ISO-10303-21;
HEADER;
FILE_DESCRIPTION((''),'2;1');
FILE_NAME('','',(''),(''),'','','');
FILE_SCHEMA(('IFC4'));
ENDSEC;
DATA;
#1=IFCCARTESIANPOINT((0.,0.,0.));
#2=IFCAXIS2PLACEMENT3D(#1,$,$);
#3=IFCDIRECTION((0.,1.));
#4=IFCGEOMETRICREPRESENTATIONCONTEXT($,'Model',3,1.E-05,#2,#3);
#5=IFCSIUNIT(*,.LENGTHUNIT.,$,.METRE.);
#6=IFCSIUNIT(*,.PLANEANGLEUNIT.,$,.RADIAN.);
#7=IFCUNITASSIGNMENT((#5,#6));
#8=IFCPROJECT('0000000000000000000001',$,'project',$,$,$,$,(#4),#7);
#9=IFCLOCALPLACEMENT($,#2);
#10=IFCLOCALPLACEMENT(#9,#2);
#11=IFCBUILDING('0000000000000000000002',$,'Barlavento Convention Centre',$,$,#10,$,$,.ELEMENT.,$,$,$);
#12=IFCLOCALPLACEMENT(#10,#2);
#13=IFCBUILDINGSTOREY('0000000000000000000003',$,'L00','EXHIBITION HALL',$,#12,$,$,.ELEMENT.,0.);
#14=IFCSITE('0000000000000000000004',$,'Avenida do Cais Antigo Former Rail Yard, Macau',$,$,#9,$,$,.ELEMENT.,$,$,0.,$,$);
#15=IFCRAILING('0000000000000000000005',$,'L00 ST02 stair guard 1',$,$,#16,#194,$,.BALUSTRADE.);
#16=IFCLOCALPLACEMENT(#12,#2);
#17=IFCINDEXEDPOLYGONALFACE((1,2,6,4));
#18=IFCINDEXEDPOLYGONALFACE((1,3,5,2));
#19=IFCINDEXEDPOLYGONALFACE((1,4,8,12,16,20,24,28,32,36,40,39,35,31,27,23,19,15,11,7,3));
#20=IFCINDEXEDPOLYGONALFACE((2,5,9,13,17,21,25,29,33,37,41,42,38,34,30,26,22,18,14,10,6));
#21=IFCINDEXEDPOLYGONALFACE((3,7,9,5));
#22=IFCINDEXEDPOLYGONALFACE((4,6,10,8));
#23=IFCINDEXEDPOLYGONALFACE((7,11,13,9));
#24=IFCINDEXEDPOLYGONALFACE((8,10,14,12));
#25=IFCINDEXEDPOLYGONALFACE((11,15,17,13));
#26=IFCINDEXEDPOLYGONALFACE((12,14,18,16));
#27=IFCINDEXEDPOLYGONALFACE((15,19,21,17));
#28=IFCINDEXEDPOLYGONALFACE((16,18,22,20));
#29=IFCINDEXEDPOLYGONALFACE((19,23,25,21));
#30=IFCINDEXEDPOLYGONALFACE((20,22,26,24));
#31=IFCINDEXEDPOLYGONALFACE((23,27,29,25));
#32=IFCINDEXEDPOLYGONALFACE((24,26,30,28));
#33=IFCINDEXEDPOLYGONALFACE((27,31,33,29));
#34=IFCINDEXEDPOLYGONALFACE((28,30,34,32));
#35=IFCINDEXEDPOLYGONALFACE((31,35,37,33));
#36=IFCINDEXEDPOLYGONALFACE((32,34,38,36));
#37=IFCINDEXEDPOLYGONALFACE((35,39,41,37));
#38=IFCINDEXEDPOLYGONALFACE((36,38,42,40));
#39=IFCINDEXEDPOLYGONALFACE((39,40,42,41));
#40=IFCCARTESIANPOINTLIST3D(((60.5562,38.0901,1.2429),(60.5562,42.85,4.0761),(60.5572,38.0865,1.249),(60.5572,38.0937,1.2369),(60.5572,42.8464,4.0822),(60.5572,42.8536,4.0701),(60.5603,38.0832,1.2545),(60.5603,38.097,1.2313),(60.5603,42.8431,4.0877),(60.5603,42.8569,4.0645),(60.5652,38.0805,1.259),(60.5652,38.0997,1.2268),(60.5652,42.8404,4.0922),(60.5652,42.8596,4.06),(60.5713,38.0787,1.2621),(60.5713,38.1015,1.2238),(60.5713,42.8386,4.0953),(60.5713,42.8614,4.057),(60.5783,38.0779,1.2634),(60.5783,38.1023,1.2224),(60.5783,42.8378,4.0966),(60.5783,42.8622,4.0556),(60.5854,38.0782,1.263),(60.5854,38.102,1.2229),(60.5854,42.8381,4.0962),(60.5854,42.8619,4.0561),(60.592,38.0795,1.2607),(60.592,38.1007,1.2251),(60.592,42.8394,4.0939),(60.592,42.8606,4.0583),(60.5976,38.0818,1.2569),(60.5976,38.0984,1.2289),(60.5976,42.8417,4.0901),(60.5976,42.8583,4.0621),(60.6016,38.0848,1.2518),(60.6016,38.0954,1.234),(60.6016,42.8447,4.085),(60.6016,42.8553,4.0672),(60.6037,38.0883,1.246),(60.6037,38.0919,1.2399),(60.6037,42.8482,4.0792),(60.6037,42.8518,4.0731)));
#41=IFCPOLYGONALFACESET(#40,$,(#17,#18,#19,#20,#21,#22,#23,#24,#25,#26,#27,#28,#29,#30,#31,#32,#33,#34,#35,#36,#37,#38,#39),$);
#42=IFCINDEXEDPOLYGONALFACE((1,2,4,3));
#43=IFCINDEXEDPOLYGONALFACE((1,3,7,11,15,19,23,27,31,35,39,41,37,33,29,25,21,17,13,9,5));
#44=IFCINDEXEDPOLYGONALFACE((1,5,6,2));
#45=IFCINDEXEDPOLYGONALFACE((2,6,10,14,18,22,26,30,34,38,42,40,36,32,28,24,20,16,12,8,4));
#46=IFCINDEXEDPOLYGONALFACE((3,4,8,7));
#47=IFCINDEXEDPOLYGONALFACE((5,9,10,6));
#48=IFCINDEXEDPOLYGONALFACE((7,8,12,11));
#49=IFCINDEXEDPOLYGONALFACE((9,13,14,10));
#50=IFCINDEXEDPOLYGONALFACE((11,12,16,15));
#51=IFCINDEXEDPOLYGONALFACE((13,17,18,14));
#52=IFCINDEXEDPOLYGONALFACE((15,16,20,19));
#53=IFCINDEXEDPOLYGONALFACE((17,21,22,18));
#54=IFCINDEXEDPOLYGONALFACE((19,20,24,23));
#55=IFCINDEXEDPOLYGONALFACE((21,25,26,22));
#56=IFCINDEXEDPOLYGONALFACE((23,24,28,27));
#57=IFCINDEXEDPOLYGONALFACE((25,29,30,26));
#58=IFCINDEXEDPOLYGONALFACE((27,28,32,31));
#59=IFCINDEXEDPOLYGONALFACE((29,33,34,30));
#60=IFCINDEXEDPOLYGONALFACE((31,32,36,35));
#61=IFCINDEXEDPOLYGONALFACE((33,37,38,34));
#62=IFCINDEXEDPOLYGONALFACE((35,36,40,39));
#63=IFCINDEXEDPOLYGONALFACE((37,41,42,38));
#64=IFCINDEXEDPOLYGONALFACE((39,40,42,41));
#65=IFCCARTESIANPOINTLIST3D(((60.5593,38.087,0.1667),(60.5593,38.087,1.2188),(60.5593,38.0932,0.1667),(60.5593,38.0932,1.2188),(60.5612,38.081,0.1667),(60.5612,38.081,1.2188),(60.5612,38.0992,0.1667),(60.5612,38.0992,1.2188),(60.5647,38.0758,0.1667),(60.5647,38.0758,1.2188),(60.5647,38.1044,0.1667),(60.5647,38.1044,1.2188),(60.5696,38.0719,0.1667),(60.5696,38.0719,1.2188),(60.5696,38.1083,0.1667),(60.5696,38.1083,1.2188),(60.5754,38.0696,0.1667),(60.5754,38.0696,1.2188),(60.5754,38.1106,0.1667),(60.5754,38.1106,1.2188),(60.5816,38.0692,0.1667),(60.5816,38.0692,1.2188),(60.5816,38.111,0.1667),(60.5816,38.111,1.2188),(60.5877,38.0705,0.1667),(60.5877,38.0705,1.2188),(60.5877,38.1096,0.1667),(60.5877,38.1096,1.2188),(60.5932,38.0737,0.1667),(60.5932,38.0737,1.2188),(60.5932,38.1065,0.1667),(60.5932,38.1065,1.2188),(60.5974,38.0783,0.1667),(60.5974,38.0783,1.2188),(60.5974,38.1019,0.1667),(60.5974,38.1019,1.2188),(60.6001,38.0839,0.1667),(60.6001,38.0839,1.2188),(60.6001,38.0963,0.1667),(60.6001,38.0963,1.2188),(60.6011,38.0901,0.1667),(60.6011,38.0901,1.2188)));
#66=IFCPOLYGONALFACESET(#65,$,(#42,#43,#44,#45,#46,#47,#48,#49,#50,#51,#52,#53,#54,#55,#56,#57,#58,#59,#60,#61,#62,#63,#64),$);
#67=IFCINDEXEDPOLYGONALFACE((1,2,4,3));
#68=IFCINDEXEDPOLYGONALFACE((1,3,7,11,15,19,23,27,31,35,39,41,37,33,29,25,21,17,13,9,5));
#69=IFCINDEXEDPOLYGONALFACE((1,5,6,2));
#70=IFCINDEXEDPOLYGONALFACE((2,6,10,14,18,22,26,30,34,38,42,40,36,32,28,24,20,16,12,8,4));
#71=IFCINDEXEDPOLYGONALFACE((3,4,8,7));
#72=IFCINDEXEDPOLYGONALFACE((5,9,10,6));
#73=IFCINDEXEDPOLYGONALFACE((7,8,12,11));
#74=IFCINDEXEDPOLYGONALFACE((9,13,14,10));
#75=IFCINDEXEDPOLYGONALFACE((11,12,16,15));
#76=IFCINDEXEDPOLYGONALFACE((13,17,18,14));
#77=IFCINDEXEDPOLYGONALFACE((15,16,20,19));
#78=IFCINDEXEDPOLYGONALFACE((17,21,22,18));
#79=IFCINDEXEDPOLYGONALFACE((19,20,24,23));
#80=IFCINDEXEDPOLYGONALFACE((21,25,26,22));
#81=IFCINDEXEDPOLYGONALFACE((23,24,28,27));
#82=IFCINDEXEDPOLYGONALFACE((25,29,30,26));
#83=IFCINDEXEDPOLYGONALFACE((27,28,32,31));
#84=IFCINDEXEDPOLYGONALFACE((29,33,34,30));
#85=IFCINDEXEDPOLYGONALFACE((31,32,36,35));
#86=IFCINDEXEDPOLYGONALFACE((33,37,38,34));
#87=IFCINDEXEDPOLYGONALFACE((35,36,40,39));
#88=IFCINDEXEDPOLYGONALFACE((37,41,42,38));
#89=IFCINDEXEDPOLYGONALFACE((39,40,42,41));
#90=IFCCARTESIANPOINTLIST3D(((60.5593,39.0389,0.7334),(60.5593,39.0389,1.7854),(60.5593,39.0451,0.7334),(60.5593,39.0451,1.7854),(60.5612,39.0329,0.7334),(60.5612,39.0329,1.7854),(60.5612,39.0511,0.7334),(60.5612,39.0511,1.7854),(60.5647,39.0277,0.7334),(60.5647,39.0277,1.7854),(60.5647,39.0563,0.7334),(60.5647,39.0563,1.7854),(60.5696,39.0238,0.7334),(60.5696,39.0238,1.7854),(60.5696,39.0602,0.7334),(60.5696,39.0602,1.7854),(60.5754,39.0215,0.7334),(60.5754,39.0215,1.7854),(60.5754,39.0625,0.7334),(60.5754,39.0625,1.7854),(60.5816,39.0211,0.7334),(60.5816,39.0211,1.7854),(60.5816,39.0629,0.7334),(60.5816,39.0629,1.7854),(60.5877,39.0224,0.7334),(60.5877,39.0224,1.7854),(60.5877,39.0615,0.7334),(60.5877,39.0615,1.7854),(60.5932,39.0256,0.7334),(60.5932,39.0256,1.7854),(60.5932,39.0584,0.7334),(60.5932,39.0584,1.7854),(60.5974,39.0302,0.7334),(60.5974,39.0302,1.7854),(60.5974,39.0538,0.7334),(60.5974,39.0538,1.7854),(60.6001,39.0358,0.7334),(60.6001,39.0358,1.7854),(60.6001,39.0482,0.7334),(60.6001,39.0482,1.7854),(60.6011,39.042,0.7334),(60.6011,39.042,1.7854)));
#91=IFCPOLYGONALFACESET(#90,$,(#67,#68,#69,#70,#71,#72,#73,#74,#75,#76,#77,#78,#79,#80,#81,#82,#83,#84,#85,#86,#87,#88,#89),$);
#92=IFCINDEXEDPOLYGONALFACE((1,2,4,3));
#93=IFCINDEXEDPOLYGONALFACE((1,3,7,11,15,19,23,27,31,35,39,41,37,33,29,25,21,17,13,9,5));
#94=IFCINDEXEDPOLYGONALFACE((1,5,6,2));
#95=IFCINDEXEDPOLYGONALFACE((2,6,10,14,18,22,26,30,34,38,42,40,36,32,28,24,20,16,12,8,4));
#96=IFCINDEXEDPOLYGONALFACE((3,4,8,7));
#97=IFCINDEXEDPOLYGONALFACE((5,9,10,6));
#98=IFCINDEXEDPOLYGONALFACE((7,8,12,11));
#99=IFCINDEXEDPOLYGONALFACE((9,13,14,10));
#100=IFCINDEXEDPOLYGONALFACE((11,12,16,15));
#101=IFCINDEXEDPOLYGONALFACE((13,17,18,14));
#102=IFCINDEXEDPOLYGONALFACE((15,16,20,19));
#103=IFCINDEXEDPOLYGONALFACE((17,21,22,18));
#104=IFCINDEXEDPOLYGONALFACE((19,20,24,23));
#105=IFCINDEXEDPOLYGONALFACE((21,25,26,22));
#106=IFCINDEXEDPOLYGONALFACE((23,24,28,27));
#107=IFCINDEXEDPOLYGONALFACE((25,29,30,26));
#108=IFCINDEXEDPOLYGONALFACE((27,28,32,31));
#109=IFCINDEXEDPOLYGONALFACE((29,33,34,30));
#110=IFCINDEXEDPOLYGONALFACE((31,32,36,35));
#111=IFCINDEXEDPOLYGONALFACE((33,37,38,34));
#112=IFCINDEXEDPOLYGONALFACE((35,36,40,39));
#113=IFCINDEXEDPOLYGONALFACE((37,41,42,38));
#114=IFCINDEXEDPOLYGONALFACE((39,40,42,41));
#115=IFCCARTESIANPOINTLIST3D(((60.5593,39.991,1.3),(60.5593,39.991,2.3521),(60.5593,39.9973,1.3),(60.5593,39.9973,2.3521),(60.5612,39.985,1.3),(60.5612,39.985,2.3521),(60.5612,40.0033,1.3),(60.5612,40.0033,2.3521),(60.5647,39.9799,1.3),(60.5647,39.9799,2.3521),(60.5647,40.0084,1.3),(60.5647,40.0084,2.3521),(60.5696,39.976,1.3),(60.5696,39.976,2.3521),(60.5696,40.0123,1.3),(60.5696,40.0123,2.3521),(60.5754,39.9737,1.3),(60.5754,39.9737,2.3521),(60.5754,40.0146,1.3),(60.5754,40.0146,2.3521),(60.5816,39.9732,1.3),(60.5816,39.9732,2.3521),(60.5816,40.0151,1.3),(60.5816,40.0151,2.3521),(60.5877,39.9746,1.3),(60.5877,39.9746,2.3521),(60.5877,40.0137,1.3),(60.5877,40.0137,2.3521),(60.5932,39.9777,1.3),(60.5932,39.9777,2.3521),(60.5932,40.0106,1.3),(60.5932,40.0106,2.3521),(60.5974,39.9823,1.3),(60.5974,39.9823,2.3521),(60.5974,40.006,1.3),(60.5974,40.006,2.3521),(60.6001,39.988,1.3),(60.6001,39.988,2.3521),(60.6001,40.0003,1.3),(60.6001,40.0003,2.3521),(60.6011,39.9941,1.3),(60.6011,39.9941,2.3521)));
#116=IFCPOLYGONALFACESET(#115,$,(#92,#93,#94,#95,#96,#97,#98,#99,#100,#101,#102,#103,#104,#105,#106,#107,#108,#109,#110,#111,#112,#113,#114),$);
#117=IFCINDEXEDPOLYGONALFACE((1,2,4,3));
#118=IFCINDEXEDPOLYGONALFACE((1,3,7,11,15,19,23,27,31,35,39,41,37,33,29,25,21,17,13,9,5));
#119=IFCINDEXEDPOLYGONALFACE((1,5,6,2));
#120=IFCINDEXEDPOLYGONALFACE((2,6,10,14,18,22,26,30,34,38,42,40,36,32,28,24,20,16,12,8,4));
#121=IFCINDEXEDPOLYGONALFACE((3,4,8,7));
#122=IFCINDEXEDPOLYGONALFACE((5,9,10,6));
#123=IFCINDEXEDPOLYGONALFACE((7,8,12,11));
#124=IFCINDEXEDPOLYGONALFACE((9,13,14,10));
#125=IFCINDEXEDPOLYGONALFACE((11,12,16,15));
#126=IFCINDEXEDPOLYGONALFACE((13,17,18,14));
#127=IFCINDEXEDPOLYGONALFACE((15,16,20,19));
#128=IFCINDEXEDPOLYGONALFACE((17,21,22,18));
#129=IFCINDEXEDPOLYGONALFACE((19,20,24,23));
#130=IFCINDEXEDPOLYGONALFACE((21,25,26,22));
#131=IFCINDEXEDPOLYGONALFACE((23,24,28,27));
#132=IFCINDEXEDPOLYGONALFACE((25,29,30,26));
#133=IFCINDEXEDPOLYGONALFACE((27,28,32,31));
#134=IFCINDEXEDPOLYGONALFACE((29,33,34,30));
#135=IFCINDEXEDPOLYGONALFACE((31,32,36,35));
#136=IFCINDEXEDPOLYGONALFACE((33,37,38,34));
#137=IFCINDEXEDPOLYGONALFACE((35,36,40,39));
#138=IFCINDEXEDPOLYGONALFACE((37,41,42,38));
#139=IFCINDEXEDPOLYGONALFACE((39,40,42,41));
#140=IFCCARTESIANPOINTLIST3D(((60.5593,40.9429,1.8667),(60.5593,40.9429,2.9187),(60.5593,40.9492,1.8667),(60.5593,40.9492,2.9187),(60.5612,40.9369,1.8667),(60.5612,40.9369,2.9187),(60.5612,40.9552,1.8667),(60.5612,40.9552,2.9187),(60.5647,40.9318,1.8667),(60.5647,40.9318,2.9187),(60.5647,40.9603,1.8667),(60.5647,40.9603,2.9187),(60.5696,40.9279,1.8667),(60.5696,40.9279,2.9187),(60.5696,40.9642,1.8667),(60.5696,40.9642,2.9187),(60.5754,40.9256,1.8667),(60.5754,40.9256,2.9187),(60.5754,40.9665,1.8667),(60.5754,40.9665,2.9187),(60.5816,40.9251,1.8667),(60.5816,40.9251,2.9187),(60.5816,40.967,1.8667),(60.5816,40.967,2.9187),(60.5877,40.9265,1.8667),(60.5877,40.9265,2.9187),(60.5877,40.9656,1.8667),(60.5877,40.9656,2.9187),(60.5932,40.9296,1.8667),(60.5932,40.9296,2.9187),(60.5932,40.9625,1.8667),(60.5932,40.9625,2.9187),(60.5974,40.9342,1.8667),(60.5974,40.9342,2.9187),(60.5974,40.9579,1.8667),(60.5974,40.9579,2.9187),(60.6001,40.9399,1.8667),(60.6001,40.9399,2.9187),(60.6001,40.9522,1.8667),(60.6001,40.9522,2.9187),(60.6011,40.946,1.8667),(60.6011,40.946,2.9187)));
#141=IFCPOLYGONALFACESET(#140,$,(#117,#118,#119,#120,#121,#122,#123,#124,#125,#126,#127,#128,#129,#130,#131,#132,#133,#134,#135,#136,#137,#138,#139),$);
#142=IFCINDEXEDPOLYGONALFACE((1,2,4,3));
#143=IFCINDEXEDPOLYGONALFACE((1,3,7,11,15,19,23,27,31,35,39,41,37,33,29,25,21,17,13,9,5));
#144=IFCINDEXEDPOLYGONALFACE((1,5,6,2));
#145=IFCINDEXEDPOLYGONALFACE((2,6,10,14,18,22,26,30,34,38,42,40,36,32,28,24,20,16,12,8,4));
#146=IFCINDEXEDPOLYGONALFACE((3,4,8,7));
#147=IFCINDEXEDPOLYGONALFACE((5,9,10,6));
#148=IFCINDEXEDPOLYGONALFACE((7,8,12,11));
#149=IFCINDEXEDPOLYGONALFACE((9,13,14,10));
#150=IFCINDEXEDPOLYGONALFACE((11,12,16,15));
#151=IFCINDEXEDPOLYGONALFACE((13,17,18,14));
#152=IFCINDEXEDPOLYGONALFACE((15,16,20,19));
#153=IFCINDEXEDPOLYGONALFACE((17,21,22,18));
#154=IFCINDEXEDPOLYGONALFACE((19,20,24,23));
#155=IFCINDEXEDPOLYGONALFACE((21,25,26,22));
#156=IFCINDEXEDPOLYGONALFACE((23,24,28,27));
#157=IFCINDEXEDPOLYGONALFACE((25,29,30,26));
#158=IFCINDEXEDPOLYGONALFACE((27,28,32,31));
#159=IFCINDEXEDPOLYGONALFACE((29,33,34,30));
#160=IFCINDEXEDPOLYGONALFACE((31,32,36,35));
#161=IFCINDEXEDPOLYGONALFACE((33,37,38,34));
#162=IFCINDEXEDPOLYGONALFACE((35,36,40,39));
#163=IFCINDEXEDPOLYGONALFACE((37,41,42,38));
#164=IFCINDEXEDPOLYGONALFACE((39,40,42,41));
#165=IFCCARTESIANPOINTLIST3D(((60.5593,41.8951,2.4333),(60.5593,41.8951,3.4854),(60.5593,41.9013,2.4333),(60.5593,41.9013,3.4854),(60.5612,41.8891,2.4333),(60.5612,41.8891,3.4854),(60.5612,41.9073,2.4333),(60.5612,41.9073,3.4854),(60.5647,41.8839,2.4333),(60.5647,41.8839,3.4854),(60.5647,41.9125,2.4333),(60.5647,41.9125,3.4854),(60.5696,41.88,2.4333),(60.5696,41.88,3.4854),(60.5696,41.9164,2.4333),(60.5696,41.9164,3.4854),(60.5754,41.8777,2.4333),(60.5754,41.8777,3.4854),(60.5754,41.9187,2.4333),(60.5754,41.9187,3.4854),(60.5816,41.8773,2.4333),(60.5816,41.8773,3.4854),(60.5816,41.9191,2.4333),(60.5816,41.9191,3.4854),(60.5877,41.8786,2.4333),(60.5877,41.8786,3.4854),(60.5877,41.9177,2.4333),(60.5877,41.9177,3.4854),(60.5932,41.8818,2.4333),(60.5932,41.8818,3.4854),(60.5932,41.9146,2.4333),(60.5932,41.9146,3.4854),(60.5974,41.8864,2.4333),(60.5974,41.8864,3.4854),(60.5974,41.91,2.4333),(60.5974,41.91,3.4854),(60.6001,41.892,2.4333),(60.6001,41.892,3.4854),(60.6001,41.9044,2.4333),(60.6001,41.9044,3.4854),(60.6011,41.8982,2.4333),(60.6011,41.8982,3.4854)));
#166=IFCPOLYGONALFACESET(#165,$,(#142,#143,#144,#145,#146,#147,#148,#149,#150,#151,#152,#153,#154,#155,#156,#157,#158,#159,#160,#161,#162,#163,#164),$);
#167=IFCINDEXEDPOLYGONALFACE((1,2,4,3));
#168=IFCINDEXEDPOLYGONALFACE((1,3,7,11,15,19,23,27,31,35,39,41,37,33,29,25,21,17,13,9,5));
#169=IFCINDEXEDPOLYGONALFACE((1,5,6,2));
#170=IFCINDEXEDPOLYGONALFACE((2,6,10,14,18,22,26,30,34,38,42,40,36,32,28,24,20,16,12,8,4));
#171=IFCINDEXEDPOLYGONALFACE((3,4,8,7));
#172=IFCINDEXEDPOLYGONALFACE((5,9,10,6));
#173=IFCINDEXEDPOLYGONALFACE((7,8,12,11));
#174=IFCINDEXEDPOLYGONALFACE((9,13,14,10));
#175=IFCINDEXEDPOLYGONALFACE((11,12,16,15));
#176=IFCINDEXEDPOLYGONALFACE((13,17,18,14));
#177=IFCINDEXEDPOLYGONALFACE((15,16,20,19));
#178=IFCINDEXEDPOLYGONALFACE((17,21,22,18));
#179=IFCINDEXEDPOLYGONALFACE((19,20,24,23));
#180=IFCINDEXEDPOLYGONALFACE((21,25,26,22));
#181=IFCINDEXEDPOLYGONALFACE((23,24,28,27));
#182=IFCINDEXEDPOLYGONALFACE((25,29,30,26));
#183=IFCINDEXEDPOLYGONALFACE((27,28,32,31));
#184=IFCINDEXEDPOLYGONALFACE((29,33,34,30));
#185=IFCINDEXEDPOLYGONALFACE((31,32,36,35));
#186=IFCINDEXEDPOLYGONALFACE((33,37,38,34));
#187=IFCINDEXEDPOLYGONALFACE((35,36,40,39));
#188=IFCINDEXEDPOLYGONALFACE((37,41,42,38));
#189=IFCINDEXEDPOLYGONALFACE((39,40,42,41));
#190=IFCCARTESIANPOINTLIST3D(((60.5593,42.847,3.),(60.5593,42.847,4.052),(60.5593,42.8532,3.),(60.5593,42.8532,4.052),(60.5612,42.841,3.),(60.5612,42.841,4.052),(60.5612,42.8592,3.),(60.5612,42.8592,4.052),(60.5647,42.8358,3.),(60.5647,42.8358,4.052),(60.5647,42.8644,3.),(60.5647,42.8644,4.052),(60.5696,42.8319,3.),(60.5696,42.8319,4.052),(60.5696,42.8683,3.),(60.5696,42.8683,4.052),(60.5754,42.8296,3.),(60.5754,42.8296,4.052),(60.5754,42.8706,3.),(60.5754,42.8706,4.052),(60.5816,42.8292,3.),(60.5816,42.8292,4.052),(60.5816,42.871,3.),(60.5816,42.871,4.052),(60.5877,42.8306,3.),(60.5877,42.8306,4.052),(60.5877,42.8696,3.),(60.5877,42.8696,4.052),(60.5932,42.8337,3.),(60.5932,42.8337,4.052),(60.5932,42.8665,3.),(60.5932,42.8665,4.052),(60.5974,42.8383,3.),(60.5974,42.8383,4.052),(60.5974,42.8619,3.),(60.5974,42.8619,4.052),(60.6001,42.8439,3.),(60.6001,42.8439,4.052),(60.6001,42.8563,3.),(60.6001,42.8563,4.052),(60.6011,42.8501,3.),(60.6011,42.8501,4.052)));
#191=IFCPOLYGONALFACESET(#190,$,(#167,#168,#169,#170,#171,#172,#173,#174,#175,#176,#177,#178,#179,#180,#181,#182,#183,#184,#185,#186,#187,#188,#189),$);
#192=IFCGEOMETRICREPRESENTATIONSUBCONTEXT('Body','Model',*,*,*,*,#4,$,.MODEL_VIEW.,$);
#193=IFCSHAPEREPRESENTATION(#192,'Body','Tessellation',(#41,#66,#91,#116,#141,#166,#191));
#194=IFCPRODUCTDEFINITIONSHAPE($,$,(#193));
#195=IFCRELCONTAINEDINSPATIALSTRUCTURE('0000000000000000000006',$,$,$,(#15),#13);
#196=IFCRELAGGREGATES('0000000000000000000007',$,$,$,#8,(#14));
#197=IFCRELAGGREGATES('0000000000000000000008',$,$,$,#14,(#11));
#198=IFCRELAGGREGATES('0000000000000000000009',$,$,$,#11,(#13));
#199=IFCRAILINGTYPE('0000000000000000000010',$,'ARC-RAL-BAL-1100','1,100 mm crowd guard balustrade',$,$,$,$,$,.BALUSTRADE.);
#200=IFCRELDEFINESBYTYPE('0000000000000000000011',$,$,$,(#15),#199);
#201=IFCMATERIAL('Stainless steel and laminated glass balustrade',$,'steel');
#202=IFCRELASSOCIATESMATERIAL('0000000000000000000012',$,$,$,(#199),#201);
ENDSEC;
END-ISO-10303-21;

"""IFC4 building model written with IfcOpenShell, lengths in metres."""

from ifc_helpers import new_model, si_unit, direction, frame, origin, origin_2d, place, context, subcontext, project, spatial, circle, extrude, material, type_object, element, save


model = new_model("IFC4")

# Units and contexts
model_context = context("Model", 3, precision=1e-05, world=origin(), true_north=direction((0.0, 1.0)))
body_context = subcontext(model_context, "Body", "Model", "MODEL_VIEW")
ifc_project = project(units=[si_unit("LENGTHUNIT", "METRE"), si_unit("PLANEANGLEUNIT", "RADIAN")], contexts=[model_context])

# Site, building, storey
site_placement = place(None, origin())
site = spatial("IfcSite", under=ifc_project, at=site_placement, Name="Avenida do Cais Antigo Former Rail Yard, Macau", CompositionType="ELEMENT", RefElevation=0.0)
building_placement = place(site_placement, origin())
building = spatial("IfcBuilding", under=site, at=building_placement, Name="Barlavento Convention Centre", CompositionType="ELEMENT")
storey_placement = place(building_placement, origin())
storey = spatial("IfcBuildingStorey", under=building, at=storey_placement, Name="L00", Description="EXHIBITION HALL", CompositionType="ELEMENT", Elevation=0.0)

# Railing
ifc_material_1 = material(Name="Stainless steel and laminated glass balustrade", Category="steel")
railing_type_1 = type_object("IfcRailingType", Name="ARC-RAL-BAL-1100", Description="1,100 mm crowd guard balustrade", PredefinedType="BALUSTRADE", material=ifc_material_1)
railing_1_placement = place(storey_placement, frame((60.5801, 38.0901, 0.1667)))
element("IfcRailing", 1, at=railing_1_placement, inside=storey, type_object=railing_type_1, Name="L00 ST02 stair guard 1", PredefinedType="BALUSTRADE", context=body_context, shape_type="SweptSolid", body=[
    extrude(circle(Radius=0.0239, at=origin_2d()), frame((0.0, 0.0, 1.0762), z_axis=(0.0, 0.8593, 0.511472), x_axis=(-1.0, 0.0, 0.0)), (0.0, 0.0, 1.0), 5.5393),
    extrude(circle(Radius=0.021, at=origin_2d()), origin(), (0.0, 0.0, 1.0), 1.052),
    extrude(circle(Radius=0.021, at=origin_2d()), frame((0.0, 0.9519, 0.5667)), (0.0, 0.0, 1.0), 1.052),
    extrude(circle(Radius=0.021, at=origin_2d()), frame((0.0, 1.9041, 1.1333)), (0.0, 0.0, 1.0), 1.052),
    extrude(circle(Radius=0.021, at=origin_2d()), frame((0.0, 2.856, 1.7)), (0.0, 0.0, 1.0), 1.052),
    extrude(circle(Radius=0.021, at=origin_2d()), frame((0.0, 3.8081, 2.2666)), (0.0, 0.0, 1.0), 1.052),
    extrude(circle(Radius=0.021, at=origin_2d()), frame((0.0, 4.76, 2.8333)), (0.0, 0.0, 1.0), 1.052),
])

save(model, "model.ifc")
